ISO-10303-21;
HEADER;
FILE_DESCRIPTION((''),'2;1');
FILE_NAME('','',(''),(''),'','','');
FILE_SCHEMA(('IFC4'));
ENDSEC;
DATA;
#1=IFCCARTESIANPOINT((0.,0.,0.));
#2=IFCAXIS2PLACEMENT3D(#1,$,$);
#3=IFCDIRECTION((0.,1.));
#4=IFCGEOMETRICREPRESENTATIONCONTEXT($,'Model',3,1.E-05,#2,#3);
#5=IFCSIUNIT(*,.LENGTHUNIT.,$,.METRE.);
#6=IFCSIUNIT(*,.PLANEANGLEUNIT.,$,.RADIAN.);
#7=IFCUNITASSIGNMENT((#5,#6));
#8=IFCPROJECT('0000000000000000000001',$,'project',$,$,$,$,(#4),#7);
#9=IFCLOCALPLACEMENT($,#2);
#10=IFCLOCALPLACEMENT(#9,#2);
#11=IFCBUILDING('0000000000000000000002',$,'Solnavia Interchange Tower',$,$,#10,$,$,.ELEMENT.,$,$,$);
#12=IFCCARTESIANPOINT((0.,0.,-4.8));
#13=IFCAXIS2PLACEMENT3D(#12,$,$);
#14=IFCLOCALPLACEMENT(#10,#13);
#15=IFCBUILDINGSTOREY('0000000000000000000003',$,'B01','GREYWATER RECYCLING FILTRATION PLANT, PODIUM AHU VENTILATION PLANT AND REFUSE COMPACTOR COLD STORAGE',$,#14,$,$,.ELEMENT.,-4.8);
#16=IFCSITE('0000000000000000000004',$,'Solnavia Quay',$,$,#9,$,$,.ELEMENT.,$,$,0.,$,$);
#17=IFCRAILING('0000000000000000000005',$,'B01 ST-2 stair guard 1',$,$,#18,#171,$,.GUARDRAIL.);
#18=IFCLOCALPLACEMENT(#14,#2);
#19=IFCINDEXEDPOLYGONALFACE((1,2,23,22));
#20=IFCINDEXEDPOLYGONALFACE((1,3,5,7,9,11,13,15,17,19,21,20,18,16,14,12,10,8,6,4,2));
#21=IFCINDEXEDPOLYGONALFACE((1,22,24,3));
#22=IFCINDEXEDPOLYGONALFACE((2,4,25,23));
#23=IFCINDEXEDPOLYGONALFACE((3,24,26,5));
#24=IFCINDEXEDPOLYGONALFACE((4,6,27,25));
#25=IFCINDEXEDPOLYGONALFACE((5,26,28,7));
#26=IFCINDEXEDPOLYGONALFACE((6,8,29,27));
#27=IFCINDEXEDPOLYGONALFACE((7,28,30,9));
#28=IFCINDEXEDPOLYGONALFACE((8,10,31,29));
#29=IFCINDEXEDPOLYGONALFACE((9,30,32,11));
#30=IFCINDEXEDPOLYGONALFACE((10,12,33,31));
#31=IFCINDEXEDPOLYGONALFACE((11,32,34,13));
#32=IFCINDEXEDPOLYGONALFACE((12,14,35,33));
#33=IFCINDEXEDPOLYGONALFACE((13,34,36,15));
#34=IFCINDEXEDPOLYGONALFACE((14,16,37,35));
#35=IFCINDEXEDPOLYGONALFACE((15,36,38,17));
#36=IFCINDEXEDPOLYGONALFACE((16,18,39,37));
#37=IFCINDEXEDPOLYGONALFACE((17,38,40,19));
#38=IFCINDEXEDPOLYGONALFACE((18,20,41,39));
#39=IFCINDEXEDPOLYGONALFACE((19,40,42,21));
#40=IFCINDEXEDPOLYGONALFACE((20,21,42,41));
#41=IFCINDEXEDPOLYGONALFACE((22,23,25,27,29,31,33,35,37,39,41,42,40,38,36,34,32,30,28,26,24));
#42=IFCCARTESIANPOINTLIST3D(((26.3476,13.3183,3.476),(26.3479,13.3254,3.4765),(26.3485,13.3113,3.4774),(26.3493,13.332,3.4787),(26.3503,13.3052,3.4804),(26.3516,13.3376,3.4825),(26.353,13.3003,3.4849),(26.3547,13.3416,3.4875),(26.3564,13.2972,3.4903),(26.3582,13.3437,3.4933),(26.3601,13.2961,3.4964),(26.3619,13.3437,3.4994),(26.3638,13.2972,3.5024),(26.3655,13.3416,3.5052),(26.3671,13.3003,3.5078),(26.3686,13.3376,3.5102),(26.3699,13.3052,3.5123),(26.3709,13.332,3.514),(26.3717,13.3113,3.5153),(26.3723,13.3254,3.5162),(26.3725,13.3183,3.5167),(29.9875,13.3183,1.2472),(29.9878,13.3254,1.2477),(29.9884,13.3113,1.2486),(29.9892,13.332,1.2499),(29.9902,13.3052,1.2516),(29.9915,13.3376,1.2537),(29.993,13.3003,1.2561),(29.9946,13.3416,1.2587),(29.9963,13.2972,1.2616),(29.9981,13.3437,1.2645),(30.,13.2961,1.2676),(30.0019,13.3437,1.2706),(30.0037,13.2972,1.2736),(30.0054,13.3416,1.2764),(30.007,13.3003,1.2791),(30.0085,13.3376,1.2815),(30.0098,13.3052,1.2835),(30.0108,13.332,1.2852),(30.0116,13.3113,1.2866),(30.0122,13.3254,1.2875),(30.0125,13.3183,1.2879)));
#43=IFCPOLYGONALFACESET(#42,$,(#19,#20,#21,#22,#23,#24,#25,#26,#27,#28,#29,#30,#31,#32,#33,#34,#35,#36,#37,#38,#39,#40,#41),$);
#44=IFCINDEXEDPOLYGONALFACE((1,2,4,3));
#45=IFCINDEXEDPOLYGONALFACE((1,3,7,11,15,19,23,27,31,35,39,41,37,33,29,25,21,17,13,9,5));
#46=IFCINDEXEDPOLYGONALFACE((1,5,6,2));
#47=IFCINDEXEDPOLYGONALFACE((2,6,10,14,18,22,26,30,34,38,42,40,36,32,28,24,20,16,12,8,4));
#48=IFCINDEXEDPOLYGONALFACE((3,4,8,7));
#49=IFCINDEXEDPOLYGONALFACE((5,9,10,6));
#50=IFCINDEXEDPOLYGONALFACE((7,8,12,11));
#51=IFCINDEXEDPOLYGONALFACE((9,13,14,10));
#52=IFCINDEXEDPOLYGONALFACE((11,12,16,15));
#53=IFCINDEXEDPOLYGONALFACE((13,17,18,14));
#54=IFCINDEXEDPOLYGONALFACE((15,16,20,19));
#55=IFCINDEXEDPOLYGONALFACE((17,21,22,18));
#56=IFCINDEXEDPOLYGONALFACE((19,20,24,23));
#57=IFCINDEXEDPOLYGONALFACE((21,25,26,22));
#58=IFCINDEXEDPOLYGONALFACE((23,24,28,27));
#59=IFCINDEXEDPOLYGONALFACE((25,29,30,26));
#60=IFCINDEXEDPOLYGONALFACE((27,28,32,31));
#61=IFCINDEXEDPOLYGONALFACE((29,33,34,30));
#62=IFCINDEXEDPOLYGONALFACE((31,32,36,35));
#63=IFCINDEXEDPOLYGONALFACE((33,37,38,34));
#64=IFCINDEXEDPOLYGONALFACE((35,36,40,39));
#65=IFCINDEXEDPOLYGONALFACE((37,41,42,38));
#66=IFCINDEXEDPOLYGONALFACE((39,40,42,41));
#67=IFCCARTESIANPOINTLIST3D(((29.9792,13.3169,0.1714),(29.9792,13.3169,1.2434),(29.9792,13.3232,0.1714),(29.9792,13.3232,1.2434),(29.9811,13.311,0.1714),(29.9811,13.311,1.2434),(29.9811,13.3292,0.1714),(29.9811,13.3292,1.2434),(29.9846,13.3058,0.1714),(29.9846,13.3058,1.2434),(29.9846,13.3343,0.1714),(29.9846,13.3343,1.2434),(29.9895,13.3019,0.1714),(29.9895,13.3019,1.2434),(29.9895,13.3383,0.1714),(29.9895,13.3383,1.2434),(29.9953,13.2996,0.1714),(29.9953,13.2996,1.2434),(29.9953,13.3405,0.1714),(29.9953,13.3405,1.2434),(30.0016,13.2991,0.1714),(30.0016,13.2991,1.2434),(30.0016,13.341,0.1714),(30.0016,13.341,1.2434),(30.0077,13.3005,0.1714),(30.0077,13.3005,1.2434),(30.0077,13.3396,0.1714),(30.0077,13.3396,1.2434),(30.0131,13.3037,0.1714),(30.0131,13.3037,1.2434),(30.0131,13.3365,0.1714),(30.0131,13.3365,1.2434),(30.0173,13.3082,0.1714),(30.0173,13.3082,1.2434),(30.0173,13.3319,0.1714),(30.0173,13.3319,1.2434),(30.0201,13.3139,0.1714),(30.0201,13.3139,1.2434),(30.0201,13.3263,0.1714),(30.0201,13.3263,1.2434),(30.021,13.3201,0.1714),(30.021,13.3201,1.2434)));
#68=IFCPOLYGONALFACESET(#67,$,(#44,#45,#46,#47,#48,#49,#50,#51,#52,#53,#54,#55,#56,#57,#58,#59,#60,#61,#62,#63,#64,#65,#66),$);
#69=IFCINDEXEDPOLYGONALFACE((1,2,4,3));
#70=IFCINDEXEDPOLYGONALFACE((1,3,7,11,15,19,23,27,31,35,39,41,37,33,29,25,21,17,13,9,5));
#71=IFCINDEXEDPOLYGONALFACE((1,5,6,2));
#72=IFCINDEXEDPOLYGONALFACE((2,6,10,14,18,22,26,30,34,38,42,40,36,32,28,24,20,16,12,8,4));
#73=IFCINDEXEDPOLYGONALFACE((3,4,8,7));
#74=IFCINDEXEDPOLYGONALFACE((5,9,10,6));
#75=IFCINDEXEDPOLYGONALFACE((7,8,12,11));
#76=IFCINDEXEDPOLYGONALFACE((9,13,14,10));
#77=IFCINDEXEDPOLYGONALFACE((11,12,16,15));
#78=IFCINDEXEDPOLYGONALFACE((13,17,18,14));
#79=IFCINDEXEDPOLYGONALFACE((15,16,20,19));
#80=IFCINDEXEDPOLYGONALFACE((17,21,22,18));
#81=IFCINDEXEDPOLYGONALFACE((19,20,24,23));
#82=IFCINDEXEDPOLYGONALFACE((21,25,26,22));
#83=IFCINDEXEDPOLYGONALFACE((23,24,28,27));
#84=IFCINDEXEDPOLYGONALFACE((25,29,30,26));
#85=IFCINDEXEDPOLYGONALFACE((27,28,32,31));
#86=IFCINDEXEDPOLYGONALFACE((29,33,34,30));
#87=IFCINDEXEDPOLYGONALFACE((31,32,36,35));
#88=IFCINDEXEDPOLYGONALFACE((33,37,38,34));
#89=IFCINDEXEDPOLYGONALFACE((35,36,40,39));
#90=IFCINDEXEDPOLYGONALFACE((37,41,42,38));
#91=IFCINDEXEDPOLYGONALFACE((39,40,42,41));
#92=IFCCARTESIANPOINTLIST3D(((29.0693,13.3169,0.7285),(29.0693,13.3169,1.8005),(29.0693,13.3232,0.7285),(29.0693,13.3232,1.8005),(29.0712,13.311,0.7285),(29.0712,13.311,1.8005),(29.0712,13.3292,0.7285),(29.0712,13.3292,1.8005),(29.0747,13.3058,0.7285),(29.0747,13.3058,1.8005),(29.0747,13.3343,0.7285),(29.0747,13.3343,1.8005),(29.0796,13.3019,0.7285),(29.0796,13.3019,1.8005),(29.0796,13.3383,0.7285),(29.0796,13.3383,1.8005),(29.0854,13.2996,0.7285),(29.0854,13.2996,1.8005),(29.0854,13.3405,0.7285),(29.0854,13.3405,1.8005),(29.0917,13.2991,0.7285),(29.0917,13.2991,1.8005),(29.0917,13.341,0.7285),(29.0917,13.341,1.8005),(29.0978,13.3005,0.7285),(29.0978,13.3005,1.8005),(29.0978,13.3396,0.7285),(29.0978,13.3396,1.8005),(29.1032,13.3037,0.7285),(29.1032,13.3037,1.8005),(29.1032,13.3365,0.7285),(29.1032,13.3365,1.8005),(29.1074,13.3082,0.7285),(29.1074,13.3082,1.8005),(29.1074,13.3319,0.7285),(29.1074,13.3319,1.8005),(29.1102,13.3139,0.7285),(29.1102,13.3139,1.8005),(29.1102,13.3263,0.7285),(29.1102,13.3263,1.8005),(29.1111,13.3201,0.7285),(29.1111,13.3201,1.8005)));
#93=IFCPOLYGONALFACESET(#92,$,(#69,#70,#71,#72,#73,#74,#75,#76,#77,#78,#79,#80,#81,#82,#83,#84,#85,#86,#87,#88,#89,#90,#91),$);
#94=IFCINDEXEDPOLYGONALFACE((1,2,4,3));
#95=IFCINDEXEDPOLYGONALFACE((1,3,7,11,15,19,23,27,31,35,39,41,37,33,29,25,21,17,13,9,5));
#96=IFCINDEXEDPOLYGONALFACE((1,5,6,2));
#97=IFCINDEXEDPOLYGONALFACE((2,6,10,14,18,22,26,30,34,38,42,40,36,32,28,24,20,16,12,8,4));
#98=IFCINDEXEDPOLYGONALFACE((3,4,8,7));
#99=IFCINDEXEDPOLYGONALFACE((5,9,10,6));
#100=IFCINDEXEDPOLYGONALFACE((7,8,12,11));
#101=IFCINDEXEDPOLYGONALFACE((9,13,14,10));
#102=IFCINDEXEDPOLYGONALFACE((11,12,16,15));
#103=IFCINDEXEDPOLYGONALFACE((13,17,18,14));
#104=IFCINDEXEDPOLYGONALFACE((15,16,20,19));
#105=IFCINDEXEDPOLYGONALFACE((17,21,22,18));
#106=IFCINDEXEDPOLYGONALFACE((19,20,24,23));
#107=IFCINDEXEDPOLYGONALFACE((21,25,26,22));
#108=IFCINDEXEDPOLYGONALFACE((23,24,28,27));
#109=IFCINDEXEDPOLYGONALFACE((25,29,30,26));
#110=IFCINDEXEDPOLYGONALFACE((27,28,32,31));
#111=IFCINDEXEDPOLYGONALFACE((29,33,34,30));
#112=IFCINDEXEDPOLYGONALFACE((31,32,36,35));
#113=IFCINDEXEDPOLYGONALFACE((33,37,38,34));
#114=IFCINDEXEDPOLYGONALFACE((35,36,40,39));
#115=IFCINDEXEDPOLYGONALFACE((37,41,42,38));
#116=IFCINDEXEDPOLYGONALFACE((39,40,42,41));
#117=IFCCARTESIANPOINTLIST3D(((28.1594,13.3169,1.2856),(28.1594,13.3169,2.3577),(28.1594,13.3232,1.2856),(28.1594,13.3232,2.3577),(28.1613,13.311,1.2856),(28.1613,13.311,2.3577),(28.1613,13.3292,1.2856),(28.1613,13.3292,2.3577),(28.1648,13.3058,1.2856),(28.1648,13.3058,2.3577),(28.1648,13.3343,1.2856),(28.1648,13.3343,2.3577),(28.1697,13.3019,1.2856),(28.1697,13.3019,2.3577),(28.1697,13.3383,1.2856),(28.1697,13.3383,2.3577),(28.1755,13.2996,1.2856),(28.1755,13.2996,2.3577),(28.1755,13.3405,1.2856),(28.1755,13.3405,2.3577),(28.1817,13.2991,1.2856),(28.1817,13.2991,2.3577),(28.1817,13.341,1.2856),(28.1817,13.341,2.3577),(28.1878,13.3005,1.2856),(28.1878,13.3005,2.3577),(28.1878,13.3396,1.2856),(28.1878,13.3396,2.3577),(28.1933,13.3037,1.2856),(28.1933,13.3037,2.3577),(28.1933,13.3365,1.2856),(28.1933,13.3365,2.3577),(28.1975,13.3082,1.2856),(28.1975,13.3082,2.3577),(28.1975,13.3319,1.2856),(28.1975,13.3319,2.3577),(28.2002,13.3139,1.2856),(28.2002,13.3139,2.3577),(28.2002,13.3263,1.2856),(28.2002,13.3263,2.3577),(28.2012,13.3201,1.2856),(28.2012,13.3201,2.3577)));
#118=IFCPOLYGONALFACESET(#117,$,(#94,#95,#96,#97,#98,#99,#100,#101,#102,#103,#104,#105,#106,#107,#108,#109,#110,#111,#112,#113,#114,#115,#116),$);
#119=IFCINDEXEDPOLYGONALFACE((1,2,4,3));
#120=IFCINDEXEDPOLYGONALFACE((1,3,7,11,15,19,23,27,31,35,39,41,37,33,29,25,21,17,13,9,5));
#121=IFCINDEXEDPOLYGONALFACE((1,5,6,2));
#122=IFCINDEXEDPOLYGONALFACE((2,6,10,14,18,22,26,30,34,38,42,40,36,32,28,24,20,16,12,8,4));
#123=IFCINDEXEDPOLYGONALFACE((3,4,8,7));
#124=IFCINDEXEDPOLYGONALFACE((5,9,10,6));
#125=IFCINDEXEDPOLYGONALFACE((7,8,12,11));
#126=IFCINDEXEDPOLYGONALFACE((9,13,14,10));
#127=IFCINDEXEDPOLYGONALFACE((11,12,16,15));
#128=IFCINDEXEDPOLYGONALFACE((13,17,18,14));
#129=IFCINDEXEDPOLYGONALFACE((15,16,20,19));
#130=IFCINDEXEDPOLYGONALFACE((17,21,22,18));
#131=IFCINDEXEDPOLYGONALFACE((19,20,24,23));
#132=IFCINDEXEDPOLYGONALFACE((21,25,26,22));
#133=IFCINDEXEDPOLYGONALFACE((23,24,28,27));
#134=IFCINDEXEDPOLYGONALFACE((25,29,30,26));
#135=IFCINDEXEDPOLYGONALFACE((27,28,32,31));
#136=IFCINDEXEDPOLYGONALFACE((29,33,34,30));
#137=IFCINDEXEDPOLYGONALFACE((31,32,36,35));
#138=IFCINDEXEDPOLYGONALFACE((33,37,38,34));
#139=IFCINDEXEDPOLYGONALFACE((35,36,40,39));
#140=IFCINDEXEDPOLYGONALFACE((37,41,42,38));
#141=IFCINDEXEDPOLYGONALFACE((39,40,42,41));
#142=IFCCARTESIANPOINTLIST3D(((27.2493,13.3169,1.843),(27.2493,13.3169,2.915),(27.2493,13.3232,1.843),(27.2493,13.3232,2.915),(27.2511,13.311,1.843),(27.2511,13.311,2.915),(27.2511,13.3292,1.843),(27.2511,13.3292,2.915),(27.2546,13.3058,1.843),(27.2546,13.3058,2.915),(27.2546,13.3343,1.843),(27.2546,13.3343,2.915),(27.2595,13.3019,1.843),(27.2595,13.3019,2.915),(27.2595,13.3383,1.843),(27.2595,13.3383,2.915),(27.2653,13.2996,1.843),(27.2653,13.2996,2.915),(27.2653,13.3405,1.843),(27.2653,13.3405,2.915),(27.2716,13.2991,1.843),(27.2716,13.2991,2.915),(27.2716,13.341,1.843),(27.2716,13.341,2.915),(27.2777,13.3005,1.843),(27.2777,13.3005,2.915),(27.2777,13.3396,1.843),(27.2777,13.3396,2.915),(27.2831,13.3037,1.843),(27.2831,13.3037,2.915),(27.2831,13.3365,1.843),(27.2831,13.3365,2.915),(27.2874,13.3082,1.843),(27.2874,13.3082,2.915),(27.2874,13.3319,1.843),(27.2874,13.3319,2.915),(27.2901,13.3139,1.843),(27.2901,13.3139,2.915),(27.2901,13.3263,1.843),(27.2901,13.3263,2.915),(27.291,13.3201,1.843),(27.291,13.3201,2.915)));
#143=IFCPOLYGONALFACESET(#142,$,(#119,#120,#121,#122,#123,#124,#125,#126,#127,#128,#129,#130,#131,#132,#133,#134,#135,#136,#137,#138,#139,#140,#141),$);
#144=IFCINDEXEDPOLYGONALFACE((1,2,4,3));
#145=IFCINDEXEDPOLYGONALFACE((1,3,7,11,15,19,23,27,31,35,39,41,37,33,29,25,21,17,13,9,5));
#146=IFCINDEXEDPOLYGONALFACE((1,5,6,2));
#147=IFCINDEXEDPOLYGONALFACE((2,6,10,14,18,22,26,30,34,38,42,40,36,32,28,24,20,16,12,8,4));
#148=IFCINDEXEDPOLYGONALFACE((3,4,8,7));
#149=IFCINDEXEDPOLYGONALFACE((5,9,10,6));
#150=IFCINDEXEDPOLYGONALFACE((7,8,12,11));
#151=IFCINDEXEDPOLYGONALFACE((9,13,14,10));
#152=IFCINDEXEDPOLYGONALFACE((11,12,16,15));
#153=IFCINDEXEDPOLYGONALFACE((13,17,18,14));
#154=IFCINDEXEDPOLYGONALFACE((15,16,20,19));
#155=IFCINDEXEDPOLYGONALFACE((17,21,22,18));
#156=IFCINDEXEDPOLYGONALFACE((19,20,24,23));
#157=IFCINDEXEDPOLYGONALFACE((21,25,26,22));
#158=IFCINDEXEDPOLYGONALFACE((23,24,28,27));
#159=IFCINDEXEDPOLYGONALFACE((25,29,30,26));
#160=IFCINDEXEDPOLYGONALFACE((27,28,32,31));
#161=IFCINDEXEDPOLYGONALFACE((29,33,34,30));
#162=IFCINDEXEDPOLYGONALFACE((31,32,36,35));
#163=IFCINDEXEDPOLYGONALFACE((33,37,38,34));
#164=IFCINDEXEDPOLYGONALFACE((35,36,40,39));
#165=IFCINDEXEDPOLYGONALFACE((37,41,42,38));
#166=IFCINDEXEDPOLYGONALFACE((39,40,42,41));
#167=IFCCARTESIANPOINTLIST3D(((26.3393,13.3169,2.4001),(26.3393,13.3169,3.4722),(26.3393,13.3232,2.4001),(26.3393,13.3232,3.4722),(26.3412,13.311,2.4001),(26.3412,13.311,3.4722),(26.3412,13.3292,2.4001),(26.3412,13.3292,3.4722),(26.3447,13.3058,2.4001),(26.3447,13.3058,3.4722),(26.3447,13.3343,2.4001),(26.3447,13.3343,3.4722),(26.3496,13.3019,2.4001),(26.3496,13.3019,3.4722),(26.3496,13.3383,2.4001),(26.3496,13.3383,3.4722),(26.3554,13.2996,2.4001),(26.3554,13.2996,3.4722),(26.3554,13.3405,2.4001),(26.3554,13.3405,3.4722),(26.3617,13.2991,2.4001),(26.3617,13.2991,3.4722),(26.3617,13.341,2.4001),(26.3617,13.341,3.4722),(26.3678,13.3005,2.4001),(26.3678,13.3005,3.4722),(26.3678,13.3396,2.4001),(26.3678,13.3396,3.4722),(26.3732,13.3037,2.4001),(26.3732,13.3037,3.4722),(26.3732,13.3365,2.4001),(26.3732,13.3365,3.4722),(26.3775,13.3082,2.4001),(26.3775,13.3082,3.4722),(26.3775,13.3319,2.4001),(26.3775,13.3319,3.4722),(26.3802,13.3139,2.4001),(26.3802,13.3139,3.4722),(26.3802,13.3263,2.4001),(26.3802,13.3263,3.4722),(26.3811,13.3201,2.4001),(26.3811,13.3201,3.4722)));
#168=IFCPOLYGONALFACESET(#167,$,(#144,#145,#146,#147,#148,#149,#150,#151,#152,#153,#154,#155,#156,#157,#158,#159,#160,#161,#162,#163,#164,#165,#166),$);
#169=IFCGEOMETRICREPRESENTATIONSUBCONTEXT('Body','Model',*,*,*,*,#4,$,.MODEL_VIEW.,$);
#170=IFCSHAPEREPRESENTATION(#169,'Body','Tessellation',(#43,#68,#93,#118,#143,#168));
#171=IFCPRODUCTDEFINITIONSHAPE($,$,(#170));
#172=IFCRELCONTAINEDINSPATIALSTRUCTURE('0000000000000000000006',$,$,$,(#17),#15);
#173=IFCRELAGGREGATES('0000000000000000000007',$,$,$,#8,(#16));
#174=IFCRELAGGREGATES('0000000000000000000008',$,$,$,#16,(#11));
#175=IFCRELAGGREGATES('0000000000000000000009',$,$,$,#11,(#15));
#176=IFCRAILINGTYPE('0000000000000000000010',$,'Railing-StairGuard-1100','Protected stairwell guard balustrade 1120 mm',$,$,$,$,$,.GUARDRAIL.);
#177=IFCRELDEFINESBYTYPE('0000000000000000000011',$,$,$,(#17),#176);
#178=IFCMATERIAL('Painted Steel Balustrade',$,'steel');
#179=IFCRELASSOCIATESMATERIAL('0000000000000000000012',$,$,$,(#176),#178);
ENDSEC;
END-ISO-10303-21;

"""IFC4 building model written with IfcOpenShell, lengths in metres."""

from ifc_helpers import new_model, si_unit, direction, frame, origin, origin_2d, place, context, subcontext, project, spatial, circle, extrude, material, type_object, element, save


model = new_model("IFC4")

# Units and contexts
model_context = context("Model", 3, precision=1e-05, world=origin(), true_north=direction((0.0, 1.0)))
body_context = subcontext(model_context, "Body", "Model", "MODEL_VIEW")
ifc_project = project(units=[si_unit("LENGTHUNIT", "METRE"), si_unit("PLANEANGLEUNIT", "RADIAN")], contexts=[model_context])

# Site, building, storey
site_placement = place(None, origin())
site = spatial("IfcSite", under=ifc_project, at=site_placement, Name="Solnavia Quay", CompositionType="ELEMENT", RefElevation=0.0)
building_placement = place(site_placement, origin())
building = spatial("IfcBuilding", under=site, at=building_placement, Name="Solnavia Interchange Tower", CompositionType="ELEMENT")
storey_placement = place(building_placement, frame((0.0, 0.0, -4.8)))
storey = spatial("IfcBuildingStorey", under=building, at=storey_placement, Name="B01", Description="GREYWATER RECYCLING FILTRATION PLANT, PODIUM AHU VENTILATION PLANT AND REFUSE COMPACTOR COLD STORAGE", CompositionType="ELEMENT", Elevation=-4.8)

# Railing
ifc_material_1 = material(Name="Painted Steel Balustrade", Category="steel")
railing_type_1 = type_object("IfcRailingType", Name="Railing-StairGuard-1100", Description="Protected stairwell guard balustrade 1120 mm", PredefinedType="GUARDRAIL", material=ifc_material_1)
railing_1_placement = place(storey_placement, frame((30.0, 13.3201, 0.1714)))
element("IfcRailing", 1, at=railing_1_placement, inside=storey, type_object=railing_type_1, Name="B01 ST-2 stair guard 1", PredefinedType="GUARDRAIL", context=body_context, shape_type="SweptSolid", body=[
    extrude(circle(Radius=0.0239, at=origin_2d()), frame((0.0, 0.0, 1.0962), z_axis=(-0.852825, 0.0, 0.522197), x_axis=(0.0, -1.0, 0.0)), (0.0, 0.0, 1.0), 4.2681),
    extrude(circle(Radius=0.021, at=origin_2d()), origin(), (0.0, 0.0, 1.0), 1.072),
    extrude(circle(Radius=0.021, at=origin_2d()), frame((-0.9099, 0.0, 0.5571)), (0.0, 0.0, 1.0), 1.072),
    extrude(circle(Radius=0.021, at=origin_2d()), frame((-1.8198, 0.0, 1.1143)), (0.0, 0.0, 1.0), 1.072),
    extrude(circle(Radius=0.021, at=origin_2d()), frame((-2.73, 0.0, 1.6716)), (0.0, 0.0, 1.0), 1.072),
    extrude(circle(Radius=0.021, at=origin_2d()), frame((-3.6399, 0.0, 2.2288)), (0.0, 0.0, 1.0), 1.072),
])

save(model, "model.ifc")
